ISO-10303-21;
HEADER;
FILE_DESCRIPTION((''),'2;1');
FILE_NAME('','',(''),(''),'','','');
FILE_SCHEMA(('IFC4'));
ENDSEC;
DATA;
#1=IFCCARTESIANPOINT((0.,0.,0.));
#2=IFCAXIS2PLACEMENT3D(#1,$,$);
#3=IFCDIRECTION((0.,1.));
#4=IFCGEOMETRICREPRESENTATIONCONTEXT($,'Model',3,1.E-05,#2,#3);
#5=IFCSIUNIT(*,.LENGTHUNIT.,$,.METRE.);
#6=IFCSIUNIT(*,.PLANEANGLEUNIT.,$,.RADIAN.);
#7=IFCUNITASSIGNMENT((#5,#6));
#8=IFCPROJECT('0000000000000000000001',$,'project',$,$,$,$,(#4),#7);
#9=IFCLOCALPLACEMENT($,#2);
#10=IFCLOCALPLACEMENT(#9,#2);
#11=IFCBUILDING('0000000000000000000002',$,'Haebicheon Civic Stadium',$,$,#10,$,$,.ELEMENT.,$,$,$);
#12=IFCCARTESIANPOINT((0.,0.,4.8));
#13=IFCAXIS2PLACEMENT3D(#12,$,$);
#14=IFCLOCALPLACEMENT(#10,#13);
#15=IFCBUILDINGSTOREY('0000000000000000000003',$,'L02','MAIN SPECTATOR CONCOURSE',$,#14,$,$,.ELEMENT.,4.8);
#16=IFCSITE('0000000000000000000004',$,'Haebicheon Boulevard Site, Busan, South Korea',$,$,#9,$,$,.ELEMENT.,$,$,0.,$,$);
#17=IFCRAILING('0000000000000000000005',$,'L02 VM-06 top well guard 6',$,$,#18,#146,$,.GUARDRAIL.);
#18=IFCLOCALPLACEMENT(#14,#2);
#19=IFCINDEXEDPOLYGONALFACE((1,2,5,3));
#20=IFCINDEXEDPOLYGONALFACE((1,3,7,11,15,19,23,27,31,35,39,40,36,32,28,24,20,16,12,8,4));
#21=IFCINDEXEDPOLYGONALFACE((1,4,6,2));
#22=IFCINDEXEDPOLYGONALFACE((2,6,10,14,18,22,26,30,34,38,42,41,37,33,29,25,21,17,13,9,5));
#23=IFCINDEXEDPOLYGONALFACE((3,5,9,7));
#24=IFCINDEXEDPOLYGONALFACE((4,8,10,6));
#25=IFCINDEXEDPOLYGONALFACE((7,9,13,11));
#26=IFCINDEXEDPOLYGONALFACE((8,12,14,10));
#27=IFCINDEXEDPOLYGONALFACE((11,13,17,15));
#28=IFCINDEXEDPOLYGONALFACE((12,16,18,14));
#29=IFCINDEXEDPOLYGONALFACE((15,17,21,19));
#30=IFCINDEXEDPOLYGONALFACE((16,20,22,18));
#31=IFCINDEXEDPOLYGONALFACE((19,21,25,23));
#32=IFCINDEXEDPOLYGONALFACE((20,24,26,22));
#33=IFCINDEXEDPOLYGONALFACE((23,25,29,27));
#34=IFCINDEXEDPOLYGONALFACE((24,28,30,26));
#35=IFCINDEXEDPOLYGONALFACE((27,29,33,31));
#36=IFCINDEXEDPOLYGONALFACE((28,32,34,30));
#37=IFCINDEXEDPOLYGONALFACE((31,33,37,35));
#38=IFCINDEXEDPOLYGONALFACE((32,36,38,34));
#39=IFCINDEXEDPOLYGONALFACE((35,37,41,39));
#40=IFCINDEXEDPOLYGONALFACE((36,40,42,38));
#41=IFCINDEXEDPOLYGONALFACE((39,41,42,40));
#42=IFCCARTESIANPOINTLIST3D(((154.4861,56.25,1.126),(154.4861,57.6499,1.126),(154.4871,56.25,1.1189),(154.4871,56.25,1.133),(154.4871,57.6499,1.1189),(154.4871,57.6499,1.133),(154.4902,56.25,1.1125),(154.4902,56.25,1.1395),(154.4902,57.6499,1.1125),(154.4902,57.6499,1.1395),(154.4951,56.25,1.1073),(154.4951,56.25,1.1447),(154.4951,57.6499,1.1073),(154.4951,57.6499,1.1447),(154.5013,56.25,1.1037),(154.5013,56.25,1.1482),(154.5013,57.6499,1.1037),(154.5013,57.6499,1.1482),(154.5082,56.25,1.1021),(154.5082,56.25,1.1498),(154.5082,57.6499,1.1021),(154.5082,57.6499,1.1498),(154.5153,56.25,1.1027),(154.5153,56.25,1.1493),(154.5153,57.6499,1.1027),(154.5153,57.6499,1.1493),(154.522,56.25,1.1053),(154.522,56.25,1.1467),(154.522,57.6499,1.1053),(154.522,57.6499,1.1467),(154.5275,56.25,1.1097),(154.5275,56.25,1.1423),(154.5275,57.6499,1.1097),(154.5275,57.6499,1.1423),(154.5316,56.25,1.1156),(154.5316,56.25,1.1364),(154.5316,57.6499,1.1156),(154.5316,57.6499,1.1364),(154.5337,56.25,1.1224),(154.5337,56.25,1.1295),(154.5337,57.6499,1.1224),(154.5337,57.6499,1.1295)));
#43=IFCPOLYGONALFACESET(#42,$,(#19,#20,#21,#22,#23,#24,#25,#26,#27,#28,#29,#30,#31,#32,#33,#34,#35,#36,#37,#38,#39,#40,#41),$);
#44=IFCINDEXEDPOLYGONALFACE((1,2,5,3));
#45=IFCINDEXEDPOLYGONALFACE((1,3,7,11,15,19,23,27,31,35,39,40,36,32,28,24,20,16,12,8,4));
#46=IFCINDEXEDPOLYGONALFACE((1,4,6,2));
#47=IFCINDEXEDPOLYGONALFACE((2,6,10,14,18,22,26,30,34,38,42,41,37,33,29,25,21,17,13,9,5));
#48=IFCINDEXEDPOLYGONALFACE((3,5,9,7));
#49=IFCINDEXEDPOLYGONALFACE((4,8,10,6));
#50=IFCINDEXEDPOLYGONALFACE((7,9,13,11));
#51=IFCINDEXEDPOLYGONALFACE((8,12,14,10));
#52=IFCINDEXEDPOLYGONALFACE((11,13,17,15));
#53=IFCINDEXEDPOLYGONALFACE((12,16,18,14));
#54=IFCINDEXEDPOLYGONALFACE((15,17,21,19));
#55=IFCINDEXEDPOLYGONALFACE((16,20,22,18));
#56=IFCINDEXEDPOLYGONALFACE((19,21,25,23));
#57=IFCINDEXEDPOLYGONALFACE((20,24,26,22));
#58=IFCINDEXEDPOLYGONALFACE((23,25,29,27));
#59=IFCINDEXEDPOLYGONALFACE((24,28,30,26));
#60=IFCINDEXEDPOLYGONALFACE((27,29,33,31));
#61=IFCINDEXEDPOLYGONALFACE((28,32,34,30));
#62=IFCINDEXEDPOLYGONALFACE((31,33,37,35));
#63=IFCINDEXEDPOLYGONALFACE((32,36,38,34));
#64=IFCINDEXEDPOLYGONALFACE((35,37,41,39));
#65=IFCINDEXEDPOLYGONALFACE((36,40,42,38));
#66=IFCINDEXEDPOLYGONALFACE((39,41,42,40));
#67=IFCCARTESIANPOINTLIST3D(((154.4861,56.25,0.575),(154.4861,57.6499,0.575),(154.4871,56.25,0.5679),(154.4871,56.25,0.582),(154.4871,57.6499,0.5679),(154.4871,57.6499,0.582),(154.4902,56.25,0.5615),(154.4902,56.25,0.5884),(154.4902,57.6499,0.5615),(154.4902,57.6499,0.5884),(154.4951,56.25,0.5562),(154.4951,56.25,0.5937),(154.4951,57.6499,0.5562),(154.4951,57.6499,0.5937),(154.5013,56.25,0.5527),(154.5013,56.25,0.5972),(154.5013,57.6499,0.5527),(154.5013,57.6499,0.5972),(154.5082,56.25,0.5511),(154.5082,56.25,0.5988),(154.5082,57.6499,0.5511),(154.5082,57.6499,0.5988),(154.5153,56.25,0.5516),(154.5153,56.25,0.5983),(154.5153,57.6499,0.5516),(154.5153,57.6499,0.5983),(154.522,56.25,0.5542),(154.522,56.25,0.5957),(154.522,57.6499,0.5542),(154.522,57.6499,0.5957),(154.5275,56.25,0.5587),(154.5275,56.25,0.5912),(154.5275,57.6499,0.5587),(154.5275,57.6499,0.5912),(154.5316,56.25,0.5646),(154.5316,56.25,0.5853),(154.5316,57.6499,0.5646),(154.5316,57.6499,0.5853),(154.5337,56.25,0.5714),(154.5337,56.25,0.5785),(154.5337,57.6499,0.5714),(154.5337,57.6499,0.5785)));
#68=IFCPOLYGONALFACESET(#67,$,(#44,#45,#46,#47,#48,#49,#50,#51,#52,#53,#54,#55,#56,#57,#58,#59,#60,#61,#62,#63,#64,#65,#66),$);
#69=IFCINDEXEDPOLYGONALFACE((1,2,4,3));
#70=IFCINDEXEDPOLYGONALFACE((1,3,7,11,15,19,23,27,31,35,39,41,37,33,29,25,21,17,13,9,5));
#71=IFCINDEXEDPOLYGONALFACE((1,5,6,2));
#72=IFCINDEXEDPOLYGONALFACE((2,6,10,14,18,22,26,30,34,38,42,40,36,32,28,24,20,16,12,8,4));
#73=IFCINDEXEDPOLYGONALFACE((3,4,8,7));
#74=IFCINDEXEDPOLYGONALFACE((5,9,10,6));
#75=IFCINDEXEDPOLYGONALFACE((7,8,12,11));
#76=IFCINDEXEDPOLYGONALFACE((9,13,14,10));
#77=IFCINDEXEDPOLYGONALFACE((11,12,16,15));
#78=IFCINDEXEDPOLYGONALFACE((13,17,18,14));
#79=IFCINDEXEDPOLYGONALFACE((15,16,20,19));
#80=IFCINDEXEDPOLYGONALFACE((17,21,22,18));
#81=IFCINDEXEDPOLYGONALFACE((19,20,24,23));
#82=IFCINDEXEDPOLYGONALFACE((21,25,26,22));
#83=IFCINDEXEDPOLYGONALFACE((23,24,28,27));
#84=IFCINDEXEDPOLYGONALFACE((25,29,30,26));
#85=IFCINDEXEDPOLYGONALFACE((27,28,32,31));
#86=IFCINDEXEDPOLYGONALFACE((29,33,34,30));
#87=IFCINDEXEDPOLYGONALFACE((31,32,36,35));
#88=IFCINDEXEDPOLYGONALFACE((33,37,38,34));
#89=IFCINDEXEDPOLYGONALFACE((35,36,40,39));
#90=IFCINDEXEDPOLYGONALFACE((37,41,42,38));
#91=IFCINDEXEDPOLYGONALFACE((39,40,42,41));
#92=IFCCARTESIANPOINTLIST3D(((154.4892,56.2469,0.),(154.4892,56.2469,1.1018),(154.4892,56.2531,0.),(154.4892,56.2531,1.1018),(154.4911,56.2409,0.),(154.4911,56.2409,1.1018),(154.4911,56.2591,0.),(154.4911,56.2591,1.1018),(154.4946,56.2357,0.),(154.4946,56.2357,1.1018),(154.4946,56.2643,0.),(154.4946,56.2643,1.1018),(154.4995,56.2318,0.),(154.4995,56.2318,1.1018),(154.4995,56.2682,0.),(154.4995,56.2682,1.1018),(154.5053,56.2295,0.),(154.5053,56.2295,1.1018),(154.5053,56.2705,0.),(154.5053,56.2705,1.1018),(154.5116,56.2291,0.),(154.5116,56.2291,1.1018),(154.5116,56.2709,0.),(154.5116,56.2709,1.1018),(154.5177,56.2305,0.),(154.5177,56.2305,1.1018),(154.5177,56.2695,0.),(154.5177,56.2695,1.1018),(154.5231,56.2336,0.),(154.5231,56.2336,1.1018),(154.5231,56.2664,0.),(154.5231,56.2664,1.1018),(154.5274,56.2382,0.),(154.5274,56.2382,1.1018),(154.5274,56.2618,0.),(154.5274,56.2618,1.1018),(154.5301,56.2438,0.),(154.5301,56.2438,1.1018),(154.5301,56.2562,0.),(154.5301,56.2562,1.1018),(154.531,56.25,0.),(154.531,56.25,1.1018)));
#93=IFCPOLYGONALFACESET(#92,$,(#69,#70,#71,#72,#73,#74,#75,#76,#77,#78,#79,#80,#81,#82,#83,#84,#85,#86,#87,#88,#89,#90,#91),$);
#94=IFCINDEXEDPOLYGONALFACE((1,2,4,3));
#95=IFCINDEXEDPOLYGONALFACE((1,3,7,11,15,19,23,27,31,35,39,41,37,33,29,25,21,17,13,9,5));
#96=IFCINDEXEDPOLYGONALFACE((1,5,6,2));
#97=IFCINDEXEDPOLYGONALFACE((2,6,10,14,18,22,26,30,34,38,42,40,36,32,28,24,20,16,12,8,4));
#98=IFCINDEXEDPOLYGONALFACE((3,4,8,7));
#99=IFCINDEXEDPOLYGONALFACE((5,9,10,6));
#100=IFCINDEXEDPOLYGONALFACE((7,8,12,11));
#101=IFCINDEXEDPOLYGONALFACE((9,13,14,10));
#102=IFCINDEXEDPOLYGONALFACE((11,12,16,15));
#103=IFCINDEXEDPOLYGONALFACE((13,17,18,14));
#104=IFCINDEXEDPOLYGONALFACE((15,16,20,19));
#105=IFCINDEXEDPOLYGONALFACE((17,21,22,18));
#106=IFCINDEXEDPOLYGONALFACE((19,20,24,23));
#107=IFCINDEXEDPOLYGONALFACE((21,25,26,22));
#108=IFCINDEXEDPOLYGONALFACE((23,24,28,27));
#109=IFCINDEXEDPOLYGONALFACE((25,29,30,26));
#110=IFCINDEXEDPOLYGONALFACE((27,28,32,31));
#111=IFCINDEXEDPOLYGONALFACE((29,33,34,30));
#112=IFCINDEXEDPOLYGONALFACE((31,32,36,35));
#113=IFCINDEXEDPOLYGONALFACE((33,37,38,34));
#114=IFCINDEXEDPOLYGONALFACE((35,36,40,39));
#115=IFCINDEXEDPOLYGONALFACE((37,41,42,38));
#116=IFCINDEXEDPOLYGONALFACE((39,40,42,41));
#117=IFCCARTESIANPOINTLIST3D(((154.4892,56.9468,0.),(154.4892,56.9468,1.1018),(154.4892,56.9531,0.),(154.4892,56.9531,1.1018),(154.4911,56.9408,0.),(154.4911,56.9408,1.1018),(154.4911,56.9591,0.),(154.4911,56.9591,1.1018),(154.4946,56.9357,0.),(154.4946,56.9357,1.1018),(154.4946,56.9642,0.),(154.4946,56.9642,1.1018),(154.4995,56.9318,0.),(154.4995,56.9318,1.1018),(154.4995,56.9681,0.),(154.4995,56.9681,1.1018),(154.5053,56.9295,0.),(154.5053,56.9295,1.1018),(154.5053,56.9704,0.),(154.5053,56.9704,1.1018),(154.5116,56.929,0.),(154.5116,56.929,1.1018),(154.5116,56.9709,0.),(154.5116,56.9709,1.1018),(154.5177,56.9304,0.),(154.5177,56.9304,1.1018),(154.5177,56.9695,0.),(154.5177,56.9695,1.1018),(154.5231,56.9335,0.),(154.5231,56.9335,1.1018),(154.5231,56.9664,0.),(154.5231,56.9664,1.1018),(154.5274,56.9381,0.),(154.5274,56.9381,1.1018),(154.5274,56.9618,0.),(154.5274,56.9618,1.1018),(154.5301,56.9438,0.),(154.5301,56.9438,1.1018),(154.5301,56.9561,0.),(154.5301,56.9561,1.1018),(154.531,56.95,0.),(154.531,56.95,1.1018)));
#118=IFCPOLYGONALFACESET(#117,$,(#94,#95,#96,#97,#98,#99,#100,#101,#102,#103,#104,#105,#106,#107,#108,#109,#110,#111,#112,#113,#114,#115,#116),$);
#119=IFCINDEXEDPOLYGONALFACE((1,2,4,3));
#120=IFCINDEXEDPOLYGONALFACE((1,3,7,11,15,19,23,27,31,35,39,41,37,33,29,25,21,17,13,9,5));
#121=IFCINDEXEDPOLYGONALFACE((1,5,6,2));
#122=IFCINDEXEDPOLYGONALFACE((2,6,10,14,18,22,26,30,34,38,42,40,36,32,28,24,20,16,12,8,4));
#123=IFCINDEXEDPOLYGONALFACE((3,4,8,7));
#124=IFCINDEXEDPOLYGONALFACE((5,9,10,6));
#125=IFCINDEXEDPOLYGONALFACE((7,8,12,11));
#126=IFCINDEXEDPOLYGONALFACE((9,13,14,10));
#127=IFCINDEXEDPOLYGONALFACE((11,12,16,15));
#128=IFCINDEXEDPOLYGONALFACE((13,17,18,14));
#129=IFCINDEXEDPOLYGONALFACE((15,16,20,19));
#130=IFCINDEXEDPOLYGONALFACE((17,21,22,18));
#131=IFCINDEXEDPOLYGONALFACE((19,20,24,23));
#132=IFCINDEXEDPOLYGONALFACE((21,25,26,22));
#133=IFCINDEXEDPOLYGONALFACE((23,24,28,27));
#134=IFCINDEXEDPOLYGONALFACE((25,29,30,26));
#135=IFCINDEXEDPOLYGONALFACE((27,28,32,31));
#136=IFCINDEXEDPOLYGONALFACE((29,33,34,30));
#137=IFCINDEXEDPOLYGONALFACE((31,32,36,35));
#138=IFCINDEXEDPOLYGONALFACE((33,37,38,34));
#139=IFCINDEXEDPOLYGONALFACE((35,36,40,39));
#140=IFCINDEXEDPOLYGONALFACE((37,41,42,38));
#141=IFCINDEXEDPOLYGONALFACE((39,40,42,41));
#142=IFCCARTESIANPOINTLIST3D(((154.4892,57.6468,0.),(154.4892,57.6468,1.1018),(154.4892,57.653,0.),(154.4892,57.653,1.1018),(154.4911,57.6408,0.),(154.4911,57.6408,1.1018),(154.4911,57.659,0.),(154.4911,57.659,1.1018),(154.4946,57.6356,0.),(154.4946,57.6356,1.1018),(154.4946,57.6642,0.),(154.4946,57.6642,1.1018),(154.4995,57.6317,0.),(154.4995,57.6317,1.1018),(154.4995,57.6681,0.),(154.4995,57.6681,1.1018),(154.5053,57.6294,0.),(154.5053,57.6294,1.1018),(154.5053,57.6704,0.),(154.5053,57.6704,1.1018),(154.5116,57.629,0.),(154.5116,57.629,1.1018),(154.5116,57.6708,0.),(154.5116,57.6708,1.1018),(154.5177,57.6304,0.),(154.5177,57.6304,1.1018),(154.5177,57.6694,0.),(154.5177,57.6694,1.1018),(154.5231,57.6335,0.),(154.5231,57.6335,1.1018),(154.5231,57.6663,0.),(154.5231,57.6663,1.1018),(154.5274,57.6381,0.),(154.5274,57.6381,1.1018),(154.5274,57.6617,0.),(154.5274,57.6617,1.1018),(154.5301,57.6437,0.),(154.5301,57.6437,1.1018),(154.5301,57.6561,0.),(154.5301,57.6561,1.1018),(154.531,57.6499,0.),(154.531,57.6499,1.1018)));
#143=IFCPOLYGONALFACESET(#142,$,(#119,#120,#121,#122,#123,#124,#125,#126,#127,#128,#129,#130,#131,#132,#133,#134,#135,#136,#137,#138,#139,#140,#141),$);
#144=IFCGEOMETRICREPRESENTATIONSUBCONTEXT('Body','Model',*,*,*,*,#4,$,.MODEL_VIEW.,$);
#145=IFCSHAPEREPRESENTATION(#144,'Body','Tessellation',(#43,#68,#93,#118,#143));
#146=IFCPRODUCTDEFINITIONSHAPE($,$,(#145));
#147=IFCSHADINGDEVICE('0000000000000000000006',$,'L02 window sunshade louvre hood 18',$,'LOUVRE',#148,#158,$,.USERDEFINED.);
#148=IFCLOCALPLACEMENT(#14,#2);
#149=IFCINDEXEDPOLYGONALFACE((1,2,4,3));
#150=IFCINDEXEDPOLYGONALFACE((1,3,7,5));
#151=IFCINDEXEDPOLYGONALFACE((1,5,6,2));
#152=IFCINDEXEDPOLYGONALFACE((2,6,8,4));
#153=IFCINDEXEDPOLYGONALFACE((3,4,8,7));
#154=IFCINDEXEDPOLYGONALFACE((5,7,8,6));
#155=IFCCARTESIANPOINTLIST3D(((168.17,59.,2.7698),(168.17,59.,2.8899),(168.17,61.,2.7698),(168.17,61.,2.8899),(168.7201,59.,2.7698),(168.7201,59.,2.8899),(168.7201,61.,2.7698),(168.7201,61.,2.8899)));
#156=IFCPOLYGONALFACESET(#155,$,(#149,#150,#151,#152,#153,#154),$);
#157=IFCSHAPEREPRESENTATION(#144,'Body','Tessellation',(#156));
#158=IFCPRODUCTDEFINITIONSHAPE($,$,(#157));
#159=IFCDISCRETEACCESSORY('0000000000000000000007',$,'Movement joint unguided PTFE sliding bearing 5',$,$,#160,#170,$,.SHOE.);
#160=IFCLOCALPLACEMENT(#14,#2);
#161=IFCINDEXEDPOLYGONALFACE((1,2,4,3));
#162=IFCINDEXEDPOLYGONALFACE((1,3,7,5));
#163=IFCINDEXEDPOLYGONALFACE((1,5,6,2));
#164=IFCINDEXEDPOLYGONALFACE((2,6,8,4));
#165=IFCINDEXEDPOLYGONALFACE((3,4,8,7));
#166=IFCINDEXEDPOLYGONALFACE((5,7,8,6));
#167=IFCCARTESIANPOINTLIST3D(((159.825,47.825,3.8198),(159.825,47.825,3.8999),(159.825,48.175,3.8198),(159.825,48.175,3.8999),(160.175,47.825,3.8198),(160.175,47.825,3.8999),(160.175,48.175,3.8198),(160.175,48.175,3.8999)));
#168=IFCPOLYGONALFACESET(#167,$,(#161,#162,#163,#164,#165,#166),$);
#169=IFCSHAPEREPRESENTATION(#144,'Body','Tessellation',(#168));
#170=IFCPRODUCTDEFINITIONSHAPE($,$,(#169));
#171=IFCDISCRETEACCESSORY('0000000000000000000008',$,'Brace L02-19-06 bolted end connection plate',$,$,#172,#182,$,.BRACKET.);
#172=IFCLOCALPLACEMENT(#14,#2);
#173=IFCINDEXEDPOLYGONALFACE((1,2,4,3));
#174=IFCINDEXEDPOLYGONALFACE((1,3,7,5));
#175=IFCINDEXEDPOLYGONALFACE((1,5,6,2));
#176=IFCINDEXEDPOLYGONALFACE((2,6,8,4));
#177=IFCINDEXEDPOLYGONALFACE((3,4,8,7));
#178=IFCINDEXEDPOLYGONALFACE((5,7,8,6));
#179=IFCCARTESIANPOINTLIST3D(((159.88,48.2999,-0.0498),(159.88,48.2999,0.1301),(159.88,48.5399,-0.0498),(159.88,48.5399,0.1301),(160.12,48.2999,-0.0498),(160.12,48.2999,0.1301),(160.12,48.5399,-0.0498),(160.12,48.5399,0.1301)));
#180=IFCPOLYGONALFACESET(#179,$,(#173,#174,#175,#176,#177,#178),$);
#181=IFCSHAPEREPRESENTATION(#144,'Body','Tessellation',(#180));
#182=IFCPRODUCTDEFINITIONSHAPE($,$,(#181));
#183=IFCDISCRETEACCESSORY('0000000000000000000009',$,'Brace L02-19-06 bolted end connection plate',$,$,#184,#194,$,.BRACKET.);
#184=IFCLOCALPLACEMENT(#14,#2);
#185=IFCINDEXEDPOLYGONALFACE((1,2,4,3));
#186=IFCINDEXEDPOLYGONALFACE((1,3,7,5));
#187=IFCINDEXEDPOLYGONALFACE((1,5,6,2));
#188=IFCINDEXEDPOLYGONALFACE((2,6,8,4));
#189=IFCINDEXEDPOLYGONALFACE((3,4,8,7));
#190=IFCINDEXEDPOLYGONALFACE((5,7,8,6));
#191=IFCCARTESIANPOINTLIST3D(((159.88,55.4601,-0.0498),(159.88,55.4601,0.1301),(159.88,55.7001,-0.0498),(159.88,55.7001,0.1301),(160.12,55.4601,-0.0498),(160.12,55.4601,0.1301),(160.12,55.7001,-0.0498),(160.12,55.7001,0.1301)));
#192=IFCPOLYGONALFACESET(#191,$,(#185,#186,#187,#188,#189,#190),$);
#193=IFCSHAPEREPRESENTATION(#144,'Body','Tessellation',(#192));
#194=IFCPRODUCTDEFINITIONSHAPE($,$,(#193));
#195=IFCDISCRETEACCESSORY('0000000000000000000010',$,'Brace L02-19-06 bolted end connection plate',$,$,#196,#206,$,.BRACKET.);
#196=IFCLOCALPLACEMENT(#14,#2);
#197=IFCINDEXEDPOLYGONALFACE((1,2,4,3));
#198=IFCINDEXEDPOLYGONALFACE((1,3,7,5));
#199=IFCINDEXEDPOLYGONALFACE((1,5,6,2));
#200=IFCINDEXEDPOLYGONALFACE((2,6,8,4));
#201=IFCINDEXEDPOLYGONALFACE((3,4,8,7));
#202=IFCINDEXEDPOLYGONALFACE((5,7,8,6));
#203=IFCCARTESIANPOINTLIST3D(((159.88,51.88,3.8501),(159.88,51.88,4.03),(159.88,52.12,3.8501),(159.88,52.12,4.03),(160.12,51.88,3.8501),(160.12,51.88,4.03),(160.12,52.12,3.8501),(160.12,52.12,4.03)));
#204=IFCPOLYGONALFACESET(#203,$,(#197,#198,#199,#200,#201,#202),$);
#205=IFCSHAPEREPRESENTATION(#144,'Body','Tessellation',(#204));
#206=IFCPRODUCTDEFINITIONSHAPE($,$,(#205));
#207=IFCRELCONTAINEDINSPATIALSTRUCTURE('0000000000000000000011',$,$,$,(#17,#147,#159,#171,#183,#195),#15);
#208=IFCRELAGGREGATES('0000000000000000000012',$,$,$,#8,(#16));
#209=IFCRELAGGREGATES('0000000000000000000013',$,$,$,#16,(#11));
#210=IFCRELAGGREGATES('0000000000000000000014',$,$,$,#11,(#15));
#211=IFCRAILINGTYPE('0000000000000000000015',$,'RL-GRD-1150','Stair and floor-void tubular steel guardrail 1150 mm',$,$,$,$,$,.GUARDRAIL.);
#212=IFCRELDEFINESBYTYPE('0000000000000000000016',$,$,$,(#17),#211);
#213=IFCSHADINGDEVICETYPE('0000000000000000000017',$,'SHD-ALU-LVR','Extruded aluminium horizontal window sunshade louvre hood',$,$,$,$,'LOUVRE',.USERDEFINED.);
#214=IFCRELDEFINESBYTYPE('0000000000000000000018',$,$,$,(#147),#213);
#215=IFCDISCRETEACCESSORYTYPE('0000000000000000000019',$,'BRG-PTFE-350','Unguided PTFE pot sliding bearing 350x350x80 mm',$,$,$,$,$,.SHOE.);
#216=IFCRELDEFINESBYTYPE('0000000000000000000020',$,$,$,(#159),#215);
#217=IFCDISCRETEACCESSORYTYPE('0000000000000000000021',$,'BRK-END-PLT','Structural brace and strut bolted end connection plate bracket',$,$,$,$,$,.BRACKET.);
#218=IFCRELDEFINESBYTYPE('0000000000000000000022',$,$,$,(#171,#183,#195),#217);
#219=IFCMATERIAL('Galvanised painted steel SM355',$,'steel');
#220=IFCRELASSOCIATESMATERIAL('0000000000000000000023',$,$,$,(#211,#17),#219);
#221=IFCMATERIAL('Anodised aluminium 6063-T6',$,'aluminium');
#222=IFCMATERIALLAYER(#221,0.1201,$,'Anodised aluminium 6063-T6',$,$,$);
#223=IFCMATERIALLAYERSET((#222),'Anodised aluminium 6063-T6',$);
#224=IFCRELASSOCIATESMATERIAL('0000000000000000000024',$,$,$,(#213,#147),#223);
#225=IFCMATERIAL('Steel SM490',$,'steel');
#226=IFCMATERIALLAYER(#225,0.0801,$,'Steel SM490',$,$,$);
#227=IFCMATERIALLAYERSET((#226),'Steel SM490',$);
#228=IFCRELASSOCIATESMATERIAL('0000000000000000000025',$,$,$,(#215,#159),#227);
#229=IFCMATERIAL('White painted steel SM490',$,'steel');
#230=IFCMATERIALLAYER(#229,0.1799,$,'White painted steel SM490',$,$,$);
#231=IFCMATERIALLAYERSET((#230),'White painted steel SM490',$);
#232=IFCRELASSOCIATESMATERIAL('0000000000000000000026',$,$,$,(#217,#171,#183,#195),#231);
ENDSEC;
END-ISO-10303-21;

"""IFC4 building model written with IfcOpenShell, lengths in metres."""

from ifc_helpers import new_model, si_unit, direction, frame, origin, origin_2d, place, context, subcontext, project, spatial, rectangle, circle, extrude, material, layer, layer_set, type_object, element, save


model = new_model("IFC4")

# Units and contexts
model_context = context("Model", 3, precision=1e-05, world=origin(), true_north=direction((0.0, 1.0)))
body_context = subcontext(model_context, "Body", "Model", "MODEL_VIEW")
ifc_project = project(units=[si_unit("LENGTHUNIT", "METRE"), si_unit("PLANEANGLEUNIT", "RADIAN")], contexts=[model_context])

# Site, building, storey
site_placement = place(None, origin())
site = spatial("IfcSite", under=ifc_project, at=site_placement, Name="Haebicheon Boulevard Site, Busan, South Korea", CompositionType="ELEMENT", RefElevation=0.0)
building_placement = place(site_placement, origin())
building = spatial("IfcBuilding", under=site, at=building_placement, Name="Haebicheon Civic Stadium", CompositionType="ELEMENT")
storey_placement = place(building_placement, frame((0.0, 0.0, 4.8)))
storey = spatial("IfcBuildingStorey", under=building, at=storey_placement, Name="L02", Description="MAIN SPECTATOR CONCOURSE", CompositionType="ELEMENT", Elevation=4.8)

# Railing
ifc_material_1 = material(Name="Galvanised painted steel SM355", Category="steel")
railing_type = type_object("IfcRailingType", Name="RL-GRD-1150", Description="Stair and floor-void tubular steel guardrail 1150 mm", PredefinedType="GUARDRAIL", material=ifc_material_1)
for number, where, name in (
    (1, (154.51, 56.25, 0.0), "L02 VM-06 top well guard 6"),
):
    element("IfcRailing", number, at=place(storey_placement, frame(where)), inside=storey, type_object=railing_type, material=ifc_material_1, Name=name, PredefinedType="GUARDRAIL", context=body_context, shape_type="SweptSolid", body=[
        extrude(circle(Radius=0.0239, at=origin_2d()), frame((0.0, 0.0, 1.126), z_axis=(0.0, 1.0, 0.0), x_axis=(-1.0, 0.0, 0.0)), (0.0, 0.0, 1.0), 1.3999),
        extrude(circle(Radius=0.0239, at=origin_2d()), frame((0.0, 0.0, 0.575), z_axis=(0.0, 1.0, 0.0), x_axis=(-1.0, 0.0, 0.0)), (0.0, 0.0, 1.0), 1.3999),
        extrude(circle(Radius=0.021, at=origin_2d()), origin(), (0.0, 0.0, 1.0), 1.1018),
        extrude(circle(Radius=0.021, at=origin_2d()), frame((0.0, 0.7, 0.0)), (0.0, 0.0, 1.0), 1.1018),
        extrude(circle(Radius=0.021, at=origin_2d()), frame((0.0, 1.3999, 0.0)), (0.0, 0.0, 1.0), 1.1018),
    ])

# Shading device
ifc_material_2 = material(Name="Anodised aluminium 6063-T6", Category="aluminium")
ifc_layer_1 = layer(ifc_material_2, 0.1201, Name="Anodised aluminium 6063-T6")
ifc_layer_set_1 = layer_set([ifc_layer_1], Name="Anodised aluminium 6063-T6")
shading_device_type = type_object("IfcShadingDeviceType", Name="SHD-ALU-LVR", Description="Extruded aluminium horizontal window sunshade louvre hood", ElementType="LOUVRE", PredefinedType="USERDEFINED", material=ifc_layer_set_1)
shading_device_placement = place(storey_placement, frame((168.4451, 60.0, 2.7698), z_axis=(0.0, 0.0, 1.0), x_axis=(1.0, 0.0, 0.0)))
element("IfcShadingDevice", 2, at=shading_device_placement, inside=storey, type_object=shading_device_type, material=ifc_layer_set_1, Name="L02 window sunshade louvre hood 18", ObjectType="LOUVRE", PredefinedType="USERDEFINED", context=body_context, shape_type="SweptSolid", body=[
    extrude(rectangle(XDim=0.55, YDim=2.0, at=origin_2d()), origin(), (0.0, 0.0, 1.0), 0.1201),
])

# Discrete accessories
ifc_material_3 = material(Name="Steel SM490", Category="steel")
ifc_layer_2 = layer(ifc_material_3, 0.0801, Name="Steel SM490")
ifc_layer_set_2 = layer_set([ifc_layer_2], Name="Steel SM490")
discrete_accessory_type_1 = type_object("IfcDiscreteAccessoryType", Name="BRG-PTFE-350", Description="Unguided PTFE pot sliding bearing 350x350x80 mm", PredefinedType="SHOE", material=ifc_layer_set_2)
discrete_accessory_placement = place(storey_placement, frame((160.0, 48.0, 3.8198), z_axis=(0.0, 0.0, 1.0), x_axis=(1.0, 0.0, 0.0)))
element("IfcDiscreteAccessory", 3, at=discrete_accessory_placement, inside=storey, type_object=discrete_accessory_type_1, material=ifc_layer_set_2, Name="Movement joint unguided PTFE sliding bearing 5", PredefinedType="SHOE", context=body_context, shape_type="SweptSolid", body=[
    extrude(rectangle(XDim=0.3501, YDim=0.3501, at=origin_2d()), origin(), (0.0, 0.0, 1.0), 0.0801),
])
ifc_material_4 = material(Name="White painted steel SM490", Category="steel")
ifc_layer_3 = layer(ifc_material_4, 0.1799, Name="White painted steel SM490")
ifc_layer_set_3 = layer_set([ifc_layer_3], Name="White painted steel SM490")
discrete_accessory_type_2 = type_object("IfcDiscreteAccessoryType", Name="BRK-END-PLT", Description="Structural brace and strut bolted end connection plate bracket", PredefinedType="BRACKET", material=ifc_layer_set_3)
for number, where, z_axis, x_axis, name in (
    (4, (160.0, 48.4199, -0.0498), (0.0, 0.0, 1.0), (1.0, 0.0, 0.0), "Brace L02-19-06 bolted end connection plate"),
    (5, (160.0, 55.5801, -0.0498), (0.0, 0.0, 1.0), (1.0, 0.0, 0.0), "Brace L02-19-06 bolted end connection plate"),
    (6, (160.0, 52.0, 3.8501), (0.0, 0.0, 1.0), (1.0, 0.0, 0.0), "Brace L02-19-06 bolted end connection plate"),
):
    element("IfcDiscreteAccessory", number, at=place(storey_placement, frame(where, z_axis=z_axis, x_axis=x_axis)), inside=storey, type_object=discrete_accessory_type_2, material=ifc_layer_set_3, Name=name, PredefinedType="BRACKET", context=body_context, shape_type="SweptSolid", body=[
        extrude(rectangle(XDim=0.24, YDim=0.24, at=origin_2d()), origin(), (0.0, 0.0, 1.0), 0.1799),
    ])

save(model, "model.ifc")
